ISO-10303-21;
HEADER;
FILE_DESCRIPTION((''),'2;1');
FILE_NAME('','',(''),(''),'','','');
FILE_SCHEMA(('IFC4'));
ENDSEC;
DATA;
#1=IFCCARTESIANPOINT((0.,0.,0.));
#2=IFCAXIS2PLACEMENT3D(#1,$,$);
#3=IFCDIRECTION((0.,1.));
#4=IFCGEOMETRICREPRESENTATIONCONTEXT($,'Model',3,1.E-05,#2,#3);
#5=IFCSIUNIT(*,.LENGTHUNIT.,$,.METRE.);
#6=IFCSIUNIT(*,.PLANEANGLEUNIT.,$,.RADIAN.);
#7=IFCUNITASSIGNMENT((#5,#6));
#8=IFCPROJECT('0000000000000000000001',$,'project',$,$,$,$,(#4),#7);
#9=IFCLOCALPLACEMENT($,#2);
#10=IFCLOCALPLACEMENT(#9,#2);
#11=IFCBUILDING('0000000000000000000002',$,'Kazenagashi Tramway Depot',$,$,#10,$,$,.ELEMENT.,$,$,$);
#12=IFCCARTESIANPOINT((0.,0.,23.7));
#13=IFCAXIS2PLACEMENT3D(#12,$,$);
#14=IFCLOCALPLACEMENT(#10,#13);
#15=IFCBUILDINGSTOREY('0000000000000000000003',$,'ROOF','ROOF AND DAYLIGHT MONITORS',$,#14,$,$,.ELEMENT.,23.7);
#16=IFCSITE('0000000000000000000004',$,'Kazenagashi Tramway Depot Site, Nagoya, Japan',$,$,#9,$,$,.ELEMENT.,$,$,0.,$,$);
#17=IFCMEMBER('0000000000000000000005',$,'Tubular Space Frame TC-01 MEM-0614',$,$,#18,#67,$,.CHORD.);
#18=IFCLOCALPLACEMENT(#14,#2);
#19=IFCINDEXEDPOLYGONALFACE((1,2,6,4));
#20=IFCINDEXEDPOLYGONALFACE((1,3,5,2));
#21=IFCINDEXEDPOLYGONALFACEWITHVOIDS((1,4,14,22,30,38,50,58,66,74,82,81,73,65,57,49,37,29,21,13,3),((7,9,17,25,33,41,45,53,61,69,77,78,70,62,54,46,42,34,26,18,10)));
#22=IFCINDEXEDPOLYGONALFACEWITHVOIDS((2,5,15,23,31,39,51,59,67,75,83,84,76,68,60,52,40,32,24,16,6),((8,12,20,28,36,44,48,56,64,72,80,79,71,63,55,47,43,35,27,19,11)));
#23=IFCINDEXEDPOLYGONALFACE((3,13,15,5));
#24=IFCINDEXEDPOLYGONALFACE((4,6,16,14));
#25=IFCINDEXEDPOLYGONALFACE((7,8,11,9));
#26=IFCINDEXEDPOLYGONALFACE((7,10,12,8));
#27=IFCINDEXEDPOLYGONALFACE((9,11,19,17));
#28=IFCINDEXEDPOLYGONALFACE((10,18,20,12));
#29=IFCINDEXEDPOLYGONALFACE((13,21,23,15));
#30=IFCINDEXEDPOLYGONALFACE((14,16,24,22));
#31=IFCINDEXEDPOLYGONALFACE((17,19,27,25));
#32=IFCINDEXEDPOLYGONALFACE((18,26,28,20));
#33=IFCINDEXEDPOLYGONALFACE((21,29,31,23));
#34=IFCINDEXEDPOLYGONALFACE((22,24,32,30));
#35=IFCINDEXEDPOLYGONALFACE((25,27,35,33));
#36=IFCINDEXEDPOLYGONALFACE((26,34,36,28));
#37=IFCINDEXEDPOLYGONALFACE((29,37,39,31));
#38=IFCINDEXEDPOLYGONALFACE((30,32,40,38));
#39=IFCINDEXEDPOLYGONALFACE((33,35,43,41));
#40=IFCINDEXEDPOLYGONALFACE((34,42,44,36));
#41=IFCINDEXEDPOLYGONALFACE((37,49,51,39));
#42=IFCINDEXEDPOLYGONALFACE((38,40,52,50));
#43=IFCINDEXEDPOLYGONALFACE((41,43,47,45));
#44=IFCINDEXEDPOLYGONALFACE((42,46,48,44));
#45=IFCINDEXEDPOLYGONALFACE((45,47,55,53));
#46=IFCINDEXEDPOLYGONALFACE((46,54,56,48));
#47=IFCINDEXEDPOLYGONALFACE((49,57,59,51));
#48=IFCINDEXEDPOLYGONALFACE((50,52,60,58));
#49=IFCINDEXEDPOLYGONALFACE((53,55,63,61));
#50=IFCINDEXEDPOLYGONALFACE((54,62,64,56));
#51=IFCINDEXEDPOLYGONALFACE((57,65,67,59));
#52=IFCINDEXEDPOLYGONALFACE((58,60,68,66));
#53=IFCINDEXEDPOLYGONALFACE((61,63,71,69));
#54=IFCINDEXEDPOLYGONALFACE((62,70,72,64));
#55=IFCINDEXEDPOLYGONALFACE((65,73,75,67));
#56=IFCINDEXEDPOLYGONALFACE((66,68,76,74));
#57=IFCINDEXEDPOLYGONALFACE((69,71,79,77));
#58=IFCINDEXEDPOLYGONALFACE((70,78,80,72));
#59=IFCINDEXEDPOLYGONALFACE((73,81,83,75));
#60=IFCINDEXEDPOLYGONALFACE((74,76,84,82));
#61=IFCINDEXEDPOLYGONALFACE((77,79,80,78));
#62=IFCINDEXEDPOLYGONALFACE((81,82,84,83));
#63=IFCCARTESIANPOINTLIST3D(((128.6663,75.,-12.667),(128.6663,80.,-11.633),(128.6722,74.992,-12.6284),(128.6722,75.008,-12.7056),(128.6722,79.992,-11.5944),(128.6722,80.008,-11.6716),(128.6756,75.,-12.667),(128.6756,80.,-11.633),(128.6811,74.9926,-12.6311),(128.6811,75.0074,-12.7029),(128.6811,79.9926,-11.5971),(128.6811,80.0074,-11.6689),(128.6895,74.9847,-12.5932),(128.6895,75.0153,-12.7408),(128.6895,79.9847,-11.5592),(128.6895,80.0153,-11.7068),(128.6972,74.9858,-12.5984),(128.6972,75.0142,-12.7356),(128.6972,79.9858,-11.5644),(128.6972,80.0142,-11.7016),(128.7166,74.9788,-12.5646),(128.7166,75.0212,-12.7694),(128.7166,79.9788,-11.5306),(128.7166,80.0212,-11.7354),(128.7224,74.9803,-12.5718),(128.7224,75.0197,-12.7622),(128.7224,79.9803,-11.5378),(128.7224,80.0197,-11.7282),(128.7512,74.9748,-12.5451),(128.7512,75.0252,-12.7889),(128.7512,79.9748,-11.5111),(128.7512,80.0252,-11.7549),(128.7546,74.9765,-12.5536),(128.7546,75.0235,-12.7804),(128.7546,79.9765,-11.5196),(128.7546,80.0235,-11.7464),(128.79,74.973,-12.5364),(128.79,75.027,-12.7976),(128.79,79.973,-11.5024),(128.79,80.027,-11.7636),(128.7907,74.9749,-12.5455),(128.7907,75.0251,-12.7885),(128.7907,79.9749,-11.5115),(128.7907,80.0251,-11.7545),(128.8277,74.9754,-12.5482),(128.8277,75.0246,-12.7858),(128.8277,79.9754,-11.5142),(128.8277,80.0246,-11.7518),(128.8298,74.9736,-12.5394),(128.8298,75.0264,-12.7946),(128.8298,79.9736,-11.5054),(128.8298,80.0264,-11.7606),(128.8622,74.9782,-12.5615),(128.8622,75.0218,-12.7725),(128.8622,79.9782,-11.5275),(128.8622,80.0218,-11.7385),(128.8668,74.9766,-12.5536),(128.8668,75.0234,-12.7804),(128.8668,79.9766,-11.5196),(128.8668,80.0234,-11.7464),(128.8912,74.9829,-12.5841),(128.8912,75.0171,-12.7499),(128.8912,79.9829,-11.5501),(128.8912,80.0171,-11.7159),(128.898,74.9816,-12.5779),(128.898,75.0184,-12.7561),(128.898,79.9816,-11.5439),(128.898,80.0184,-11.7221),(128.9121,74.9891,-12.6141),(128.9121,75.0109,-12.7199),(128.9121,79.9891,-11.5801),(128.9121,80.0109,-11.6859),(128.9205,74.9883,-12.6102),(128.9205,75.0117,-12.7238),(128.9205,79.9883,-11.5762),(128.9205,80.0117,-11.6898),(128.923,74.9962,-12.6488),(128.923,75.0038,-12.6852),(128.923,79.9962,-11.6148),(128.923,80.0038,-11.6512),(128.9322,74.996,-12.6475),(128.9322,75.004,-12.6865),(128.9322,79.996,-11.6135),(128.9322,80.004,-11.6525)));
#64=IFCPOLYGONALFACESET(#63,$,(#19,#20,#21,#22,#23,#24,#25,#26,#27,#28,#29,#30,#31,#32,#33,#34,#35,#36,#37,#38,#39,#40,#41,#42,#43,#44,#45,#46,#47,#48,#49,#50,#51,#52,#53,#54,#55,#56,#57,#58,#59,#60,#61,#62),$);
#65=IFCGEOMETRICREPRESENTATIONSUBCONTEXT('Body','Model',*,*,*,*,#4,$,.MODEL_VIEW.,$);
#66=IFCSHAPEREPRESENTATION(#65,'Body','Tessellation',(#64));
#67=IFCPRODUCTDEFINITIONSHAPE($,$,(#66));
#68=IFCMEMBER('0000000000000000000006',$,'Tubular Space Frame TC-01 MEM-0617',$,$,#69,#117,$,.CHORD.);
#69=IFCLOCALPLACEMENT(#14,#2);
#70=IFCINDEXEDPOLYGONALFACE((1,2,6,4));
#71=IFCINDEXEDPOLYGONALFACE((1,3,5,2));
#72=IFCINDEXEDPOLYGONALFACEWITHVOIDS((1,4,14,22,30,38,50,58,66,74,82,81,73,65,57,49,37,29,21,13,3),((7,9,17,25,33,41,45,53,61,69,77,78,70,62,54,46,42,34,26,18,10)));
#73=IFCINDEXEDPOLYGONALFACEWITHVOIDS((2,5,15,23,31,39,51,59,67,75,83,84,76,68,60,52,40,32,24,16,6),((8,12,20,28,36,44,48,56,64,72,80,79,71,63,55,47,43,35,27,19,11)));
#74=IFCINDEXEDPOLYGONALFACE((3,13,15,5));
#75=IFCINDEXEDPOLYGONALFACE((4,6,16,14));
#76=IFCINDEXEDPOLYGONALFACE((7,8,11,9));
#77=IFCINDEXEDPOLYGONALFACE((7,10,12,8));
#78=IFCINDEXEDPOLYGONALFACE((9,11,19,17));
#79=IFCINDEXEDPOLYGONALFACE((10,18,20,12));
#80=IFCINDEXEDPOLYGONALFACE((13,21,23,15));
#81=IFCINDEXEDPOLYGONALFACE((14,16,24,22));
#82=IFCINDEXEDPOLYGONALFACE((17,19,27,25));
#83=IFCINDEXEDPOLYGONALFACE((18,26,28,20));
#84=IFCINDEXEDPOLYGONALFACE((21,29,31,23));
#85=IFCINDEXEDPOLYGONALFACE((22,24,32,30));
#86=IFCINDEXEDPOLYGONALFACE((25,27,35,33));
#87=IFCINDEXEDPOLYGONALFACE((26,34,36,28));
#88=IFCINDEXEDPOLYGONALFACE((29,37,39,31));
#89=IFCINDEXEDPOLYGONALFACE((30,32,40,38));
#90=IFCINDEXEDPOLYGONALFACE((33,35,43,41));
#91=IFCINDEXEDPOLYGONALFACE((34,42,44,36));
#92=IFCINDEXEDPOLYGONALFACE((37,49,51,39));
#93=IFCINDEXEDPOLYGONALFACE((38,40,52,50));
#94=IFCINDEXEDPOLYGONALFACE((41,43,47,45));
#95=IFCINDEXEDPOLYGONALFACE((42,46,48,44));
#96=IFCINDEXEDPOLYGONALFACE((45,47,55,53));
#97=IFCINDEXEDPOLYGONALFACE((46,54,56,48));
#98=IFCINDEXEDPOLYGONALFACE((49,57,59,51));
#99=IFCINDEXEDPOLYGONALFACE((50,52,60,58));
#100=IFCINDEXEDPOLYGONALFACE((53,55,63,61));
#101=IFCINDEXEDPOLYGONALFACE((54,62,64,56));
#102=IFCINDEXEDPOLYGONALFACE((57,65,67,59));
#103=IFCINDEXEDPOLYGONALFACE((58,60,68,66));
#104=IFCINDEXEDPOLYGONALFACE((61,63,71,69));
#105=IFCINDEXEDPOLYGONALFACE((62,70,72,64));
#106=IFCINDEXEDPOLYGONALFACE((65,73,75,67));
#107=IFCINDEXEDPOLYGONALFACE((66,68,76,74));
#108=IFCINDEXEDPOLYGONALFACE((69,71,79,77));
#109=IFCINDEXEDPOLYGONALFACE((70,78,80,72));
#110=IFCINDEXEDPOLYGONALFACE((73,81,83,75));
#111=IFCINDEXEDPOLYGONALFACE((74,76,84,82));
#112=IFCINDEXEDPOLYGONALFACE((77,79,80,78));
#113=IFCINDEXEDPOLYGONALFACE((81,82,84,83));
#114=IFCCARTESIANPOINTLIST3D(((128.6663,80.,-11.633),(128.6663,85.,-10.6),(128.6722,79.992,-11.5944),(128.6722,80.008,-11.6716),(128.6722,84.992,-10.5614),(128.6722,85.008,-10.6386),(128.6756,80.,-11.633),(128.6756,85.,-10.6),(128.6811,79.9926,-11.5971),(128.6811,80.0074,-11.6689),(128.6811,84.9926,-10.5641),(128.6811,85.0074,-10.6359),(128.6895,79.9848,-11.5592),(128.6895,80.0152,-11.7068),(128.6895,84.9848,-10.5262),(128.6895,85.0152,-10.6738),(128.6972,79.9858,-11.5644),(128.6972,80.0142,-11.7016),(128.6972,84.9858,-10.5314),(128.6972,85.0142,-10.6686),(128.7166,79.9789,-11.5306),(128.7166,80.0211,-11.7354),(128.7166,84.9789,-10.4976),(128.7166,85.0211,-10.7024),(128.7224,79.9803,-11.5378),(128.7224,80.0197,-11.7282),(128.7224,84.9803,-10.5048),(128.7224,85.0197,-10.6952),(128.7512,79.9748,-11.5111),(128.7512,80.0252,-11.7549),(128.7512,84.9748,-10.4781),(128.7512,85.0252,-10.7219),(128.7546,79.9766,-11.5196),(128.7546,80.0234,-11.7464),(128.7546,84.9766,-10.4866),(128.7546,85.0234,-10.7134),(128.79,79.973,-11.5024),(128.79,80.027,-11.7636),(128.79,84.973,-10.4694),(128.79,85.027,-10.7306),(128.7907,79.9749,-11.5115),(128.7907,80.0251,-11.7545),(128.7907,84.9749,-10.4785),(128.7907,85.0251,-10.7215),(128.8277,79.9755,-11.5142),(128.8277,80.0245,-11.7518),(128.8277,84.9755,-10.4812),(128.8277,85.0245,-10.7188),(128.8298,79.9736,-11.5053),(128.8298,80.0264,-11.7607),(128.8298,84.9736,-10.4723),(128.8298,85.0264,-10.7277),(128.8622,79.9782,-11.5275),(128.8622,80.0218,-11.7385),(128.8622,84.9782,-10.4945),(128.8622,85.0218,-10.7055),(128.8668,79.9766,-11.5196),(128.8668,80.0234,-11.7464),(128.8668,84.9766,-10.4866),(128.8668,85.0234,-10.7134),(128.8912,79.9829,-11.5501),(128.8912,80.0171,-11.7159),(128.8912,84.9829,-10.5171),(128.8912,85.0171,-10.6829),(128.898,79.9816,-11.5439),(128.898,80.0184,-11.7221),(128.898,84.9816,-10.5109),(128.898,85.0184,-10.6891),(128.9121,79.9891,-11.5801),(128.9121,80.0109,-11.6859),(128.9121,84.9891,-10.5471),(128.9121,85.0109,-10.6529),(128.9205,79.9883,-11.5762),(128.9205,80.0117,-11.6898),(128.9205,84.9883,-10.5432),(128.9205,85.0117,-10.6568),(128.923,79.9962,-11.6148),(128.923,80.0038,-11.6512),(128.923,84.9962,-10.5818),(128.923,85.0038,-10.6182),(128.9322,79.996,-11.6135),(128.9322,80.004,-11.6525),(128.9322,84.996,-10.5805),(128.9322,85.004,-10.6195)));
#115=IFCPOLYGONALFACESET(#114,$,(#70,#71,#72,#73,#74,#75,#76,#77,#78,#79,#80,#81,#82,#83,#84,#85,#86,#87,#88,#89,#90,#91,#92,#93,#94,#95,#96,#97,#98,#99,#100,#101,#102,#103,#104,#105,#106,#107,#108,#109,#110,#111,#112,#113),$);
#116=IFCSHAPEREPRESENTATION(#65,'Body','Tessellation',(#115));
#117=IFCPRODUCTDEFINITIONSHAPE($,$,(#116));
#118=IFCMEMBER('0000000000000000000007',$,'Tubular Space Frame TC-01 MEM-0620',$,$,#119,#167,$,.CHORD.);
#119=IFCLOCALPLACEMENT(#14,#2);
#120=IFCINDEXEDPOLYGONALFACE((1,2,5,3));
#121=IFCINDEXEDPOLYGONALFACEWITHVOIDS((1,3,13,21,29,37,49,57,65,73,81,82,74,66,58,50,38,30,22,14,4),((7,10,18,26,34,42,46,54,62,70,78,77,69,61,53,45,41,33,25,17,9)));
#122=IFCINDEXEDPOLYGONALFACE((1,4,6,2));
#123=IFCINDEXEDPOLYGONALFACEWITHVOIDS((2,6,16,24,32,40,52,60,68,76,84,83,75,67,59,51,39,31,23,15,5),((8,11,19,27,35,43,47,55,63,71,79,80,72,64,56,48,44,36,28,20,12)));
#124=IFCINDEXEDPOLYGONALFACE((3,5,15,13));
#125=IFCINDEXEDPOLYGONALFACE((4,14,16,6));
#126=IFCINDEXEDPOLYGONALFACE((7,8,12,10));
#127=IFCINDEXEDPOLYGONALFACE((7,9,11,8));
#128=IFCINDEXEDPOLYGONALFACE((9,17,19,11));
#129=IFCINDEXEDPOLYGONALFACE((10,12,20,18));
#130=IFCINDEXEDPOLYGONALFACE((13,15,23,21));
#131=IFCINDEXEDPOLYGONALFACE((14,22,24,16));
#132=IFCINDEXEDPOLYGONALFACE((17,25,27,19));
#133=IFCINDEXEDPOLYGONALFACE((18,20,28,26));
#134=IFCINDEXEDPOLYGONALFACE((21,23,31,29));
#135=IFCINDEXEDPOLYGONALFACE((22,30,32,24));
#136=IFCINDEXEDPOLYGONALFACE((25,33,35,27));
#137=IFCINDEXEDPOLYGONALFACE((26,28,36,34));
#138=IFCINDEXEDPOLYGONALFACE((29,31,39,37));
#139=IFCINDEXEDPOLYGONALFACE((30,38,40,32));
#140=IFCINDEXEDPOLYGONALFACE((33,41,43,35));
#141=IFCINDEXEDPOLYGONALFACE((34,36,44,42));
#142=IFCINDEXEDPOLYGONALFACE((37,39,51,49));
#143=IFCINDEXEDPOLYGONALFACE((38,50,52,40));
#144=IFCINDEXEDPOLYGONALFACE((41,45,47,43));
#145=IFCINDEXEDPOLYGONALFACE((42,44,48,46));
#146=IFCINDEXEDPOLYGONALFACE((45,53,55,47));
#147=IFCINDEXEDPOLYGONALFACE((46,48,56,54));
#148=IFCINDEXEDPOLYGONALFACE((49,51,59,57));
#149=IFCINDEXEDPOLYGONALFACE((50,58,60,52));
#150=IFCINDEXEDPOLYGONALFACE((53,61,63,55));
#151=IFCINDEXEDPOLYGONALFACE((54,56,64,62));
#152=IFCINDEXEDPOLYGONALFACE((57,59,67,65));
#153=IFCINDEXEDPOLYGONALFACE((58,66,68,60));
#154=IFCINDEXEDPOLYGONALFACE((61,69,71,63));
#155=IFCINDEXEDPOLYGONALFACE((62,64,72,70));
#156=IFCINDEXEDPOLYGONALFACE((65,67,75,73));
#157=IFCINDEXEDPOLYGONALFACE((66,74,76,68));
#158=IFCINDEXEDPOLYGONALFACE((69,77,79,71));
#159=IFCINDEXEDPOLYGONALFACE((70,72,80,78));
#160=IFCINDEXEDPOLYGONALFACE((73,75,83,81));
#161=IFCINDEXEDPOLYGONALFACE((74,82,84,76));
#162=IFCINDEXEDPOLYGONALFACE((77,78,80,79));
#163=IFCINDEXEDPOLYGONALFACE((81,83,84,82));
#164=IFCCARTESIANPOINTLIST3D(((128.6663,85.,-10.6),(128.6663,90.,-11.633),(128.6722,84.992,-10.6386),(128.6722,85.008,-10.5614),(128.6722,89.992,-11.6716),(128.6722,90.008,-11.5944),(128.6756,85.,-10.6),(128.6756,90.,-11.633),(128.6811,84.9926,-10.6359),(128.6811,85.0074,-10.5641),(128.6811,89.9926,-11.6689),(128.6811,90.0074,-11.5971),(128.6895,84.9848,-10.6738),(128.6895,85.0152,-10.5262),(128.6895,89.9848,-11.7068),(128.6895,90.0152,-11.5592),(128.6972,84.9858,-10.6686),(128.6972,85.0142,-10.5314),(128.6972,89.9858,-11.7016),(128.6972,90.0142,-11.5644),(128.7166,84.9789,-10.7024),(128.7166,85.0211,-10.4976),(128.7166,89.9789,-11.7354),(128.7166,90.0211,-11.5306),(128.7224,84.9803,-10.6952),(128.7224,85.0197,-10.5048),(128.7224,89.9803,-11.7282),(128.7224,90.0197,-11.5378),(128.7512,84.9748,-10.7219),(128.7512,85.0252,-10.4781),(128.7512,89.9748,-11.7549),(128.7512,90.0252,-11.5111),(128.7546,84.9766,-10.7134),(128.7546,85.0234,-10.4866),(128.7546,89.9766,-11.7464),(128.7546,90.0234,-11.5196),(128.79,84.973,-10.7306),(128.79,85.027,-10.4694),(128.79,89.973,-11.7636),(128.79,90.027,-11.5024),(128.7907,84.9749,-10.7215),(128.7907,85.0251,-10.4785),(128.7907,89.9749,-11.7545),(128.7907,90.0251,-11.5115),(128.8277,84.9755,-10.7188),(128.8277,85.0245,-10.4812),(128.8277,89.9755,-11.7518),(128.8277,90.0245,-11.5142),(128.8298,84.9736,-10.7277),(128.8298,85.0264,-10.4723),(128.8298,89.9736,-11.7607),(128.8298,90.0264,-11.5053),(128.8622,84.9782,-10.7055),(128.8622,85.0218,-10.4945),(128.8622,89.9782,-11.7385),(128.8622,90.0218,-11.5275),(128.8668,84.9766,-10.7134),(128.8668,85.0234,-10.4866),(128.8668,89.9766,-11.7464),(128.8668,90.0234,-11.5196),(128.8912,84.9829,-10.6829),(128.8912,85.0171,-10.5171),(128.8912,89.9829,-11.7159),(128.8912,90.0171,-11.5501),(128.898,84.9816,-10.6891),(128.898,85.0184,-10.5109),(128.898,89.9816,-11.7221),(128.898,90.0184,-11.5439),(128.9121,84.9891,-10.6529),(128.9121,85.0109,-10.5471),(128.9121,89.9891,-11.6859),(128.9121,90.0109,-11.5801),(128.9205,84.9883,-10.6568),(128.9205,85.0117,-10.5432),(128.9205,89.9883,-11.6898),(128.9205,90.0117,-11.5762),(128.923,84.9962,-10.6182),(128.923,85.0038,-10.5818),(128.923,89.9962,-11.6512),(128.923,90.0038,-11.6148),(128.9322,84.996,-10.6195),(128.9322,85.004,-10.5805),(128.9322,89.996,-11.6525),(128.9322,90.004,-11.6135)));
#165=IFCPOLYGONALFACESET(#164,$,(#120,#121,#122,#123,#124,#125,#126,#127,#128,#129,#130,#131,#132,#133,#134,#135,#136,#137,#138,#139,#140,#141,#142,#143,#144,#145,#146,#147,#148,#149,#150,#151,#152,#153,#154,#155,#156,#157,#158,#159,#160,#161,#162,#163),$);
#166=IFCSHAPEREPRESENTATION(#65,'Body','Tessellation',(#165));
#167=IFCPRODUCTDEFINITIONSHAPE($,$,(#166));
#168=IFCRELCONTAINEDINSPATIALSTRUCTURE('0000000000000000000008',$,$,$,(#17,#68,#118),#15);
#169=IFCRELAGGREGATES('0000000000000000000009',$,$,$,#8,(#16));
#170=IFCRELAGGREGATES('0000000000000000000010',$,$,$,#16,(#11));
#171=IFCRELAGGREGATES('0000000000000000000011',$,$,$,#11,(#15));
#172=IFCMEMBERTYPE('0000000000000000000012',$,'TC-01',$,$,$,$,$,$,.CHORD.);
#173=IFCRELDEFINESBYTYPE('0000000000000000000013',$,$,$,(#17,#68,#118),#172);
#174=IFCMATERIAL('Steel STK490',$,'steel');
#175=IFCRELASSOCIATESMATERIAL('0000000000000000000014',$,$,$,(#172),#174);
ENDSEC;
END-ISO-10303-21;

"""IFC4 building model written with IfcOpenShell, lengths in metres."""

from ifc_helpers import new_model, si_unit, direction, frame, origin, origin_2d, place, context, subcontext, project, spatial, hollow_circle, extrude, material, material_profile, profile_set, type_object, element, save


model = new_model("IFC4")

# Units and contexts
model_context = context("Model", 3, precision=1e-05, world=origin(), true_north=direction((0.0, 1.0)))
body_context = subcontext(model_context, "Body", "Model", "MODEL_VIEW")
ifc_project = project(units=[si_unit("LENGTHUNIT", "METRE"), si_unit("PLANEANGLEUNIT", "RADIAN")], contexts=[model_context])

# Site, building, storey
site_placement = place(None, origin())
site = spatial("IfcSite", under=ifc_project, at=site_placement, Name="Kazenagashi Tramway Depot Site, Nagoya, Japan", CompositionType="ELEMENT", RefElevation=0.0)
building_placement = place(site_placement, origin())
building = spatial("IfcBuilding", under=site, at=building_placement, Name="Kazenagashi Tramway Depot", CompositionType="ELEMENT")
storey_placement = place(building_placement, frame((0.0, 0.0, 23.7)))
storey = spatial("IfcBuildingStorey", under=building, at=storey_placement, Name="ROOF", Description="ROOF AND DAYLIGHT MONITORS", CompositionType="ELEMENT", Elevation=23.7)

# Members
ifc_material_1 = material(Name="Steel STK490", Category="steel")
ifc_material_profile_1 = material_profile(ifc_material_1, hollow_circle(Radius=0.1337, WallThickness=0.0093, at=origin_2d()), Name="CHS-267.4x9.3")
ifc_profile_set_1 = profile_set([ifc_material_profile_1], Name="Steel STK490")
member_type_1 = type_object("IfcMemberType", Name="TC-01", PredefinedType="CHORD", material=ifc_profile_set_1)
member_1_placement = place(storey_placement, frame((128.8, 75.0, -12.667), z_axis=(0.0, 0.979279, 0.202515), x_axis=(-1.0, 0.0, 0.0)))
element("IfcMember", 1, at=member_1_placement, inside=storey, type_object=member_type_1, Name="Tubular Space Frame TC-01 MEM-0614", PredefinedType="CHORD", context=body_context, shape_type="SweptSolid", body=[
    extrude(hollow_circle(Radius=0.1337, WallThickness=0.0093, at=origin_2d()), origin(), (0.0, 0.0, 1.0), 5.1058),
])
for number, where, z_axis, x_axis, name in (
    (2, (128.8, 80.0, -11.633), (0.0, 0.979318, 0.202327), (-1.0, 0.0, 0.0), "Tubular Space Frame TC-01 MEM-0617"),
    (3, (128.8, 85.0, -10.6), (0.0, 0.979318, -0.202327), (-1.0, 0.0, 0.0), "Tubular Space Frame TC-01 MEM-0620"),
):
    element("IfcMember", number, at=place(storey_placement, frame(where, z_axis=z_axis, x_axis=x_axis)), inside=storey, type_object=member_type_1, Name=name, PredefinedType="CHORD", context=body_context, shape_type="SweptSolid", body=[
        extrude(hollow_circle(Radius=0.1337, WallThickness=0.0093, at=origin_2d()), origin(), (0.0, 0.0, 1.0), 5.1056),
    ])

save(model, "model.ifc")
